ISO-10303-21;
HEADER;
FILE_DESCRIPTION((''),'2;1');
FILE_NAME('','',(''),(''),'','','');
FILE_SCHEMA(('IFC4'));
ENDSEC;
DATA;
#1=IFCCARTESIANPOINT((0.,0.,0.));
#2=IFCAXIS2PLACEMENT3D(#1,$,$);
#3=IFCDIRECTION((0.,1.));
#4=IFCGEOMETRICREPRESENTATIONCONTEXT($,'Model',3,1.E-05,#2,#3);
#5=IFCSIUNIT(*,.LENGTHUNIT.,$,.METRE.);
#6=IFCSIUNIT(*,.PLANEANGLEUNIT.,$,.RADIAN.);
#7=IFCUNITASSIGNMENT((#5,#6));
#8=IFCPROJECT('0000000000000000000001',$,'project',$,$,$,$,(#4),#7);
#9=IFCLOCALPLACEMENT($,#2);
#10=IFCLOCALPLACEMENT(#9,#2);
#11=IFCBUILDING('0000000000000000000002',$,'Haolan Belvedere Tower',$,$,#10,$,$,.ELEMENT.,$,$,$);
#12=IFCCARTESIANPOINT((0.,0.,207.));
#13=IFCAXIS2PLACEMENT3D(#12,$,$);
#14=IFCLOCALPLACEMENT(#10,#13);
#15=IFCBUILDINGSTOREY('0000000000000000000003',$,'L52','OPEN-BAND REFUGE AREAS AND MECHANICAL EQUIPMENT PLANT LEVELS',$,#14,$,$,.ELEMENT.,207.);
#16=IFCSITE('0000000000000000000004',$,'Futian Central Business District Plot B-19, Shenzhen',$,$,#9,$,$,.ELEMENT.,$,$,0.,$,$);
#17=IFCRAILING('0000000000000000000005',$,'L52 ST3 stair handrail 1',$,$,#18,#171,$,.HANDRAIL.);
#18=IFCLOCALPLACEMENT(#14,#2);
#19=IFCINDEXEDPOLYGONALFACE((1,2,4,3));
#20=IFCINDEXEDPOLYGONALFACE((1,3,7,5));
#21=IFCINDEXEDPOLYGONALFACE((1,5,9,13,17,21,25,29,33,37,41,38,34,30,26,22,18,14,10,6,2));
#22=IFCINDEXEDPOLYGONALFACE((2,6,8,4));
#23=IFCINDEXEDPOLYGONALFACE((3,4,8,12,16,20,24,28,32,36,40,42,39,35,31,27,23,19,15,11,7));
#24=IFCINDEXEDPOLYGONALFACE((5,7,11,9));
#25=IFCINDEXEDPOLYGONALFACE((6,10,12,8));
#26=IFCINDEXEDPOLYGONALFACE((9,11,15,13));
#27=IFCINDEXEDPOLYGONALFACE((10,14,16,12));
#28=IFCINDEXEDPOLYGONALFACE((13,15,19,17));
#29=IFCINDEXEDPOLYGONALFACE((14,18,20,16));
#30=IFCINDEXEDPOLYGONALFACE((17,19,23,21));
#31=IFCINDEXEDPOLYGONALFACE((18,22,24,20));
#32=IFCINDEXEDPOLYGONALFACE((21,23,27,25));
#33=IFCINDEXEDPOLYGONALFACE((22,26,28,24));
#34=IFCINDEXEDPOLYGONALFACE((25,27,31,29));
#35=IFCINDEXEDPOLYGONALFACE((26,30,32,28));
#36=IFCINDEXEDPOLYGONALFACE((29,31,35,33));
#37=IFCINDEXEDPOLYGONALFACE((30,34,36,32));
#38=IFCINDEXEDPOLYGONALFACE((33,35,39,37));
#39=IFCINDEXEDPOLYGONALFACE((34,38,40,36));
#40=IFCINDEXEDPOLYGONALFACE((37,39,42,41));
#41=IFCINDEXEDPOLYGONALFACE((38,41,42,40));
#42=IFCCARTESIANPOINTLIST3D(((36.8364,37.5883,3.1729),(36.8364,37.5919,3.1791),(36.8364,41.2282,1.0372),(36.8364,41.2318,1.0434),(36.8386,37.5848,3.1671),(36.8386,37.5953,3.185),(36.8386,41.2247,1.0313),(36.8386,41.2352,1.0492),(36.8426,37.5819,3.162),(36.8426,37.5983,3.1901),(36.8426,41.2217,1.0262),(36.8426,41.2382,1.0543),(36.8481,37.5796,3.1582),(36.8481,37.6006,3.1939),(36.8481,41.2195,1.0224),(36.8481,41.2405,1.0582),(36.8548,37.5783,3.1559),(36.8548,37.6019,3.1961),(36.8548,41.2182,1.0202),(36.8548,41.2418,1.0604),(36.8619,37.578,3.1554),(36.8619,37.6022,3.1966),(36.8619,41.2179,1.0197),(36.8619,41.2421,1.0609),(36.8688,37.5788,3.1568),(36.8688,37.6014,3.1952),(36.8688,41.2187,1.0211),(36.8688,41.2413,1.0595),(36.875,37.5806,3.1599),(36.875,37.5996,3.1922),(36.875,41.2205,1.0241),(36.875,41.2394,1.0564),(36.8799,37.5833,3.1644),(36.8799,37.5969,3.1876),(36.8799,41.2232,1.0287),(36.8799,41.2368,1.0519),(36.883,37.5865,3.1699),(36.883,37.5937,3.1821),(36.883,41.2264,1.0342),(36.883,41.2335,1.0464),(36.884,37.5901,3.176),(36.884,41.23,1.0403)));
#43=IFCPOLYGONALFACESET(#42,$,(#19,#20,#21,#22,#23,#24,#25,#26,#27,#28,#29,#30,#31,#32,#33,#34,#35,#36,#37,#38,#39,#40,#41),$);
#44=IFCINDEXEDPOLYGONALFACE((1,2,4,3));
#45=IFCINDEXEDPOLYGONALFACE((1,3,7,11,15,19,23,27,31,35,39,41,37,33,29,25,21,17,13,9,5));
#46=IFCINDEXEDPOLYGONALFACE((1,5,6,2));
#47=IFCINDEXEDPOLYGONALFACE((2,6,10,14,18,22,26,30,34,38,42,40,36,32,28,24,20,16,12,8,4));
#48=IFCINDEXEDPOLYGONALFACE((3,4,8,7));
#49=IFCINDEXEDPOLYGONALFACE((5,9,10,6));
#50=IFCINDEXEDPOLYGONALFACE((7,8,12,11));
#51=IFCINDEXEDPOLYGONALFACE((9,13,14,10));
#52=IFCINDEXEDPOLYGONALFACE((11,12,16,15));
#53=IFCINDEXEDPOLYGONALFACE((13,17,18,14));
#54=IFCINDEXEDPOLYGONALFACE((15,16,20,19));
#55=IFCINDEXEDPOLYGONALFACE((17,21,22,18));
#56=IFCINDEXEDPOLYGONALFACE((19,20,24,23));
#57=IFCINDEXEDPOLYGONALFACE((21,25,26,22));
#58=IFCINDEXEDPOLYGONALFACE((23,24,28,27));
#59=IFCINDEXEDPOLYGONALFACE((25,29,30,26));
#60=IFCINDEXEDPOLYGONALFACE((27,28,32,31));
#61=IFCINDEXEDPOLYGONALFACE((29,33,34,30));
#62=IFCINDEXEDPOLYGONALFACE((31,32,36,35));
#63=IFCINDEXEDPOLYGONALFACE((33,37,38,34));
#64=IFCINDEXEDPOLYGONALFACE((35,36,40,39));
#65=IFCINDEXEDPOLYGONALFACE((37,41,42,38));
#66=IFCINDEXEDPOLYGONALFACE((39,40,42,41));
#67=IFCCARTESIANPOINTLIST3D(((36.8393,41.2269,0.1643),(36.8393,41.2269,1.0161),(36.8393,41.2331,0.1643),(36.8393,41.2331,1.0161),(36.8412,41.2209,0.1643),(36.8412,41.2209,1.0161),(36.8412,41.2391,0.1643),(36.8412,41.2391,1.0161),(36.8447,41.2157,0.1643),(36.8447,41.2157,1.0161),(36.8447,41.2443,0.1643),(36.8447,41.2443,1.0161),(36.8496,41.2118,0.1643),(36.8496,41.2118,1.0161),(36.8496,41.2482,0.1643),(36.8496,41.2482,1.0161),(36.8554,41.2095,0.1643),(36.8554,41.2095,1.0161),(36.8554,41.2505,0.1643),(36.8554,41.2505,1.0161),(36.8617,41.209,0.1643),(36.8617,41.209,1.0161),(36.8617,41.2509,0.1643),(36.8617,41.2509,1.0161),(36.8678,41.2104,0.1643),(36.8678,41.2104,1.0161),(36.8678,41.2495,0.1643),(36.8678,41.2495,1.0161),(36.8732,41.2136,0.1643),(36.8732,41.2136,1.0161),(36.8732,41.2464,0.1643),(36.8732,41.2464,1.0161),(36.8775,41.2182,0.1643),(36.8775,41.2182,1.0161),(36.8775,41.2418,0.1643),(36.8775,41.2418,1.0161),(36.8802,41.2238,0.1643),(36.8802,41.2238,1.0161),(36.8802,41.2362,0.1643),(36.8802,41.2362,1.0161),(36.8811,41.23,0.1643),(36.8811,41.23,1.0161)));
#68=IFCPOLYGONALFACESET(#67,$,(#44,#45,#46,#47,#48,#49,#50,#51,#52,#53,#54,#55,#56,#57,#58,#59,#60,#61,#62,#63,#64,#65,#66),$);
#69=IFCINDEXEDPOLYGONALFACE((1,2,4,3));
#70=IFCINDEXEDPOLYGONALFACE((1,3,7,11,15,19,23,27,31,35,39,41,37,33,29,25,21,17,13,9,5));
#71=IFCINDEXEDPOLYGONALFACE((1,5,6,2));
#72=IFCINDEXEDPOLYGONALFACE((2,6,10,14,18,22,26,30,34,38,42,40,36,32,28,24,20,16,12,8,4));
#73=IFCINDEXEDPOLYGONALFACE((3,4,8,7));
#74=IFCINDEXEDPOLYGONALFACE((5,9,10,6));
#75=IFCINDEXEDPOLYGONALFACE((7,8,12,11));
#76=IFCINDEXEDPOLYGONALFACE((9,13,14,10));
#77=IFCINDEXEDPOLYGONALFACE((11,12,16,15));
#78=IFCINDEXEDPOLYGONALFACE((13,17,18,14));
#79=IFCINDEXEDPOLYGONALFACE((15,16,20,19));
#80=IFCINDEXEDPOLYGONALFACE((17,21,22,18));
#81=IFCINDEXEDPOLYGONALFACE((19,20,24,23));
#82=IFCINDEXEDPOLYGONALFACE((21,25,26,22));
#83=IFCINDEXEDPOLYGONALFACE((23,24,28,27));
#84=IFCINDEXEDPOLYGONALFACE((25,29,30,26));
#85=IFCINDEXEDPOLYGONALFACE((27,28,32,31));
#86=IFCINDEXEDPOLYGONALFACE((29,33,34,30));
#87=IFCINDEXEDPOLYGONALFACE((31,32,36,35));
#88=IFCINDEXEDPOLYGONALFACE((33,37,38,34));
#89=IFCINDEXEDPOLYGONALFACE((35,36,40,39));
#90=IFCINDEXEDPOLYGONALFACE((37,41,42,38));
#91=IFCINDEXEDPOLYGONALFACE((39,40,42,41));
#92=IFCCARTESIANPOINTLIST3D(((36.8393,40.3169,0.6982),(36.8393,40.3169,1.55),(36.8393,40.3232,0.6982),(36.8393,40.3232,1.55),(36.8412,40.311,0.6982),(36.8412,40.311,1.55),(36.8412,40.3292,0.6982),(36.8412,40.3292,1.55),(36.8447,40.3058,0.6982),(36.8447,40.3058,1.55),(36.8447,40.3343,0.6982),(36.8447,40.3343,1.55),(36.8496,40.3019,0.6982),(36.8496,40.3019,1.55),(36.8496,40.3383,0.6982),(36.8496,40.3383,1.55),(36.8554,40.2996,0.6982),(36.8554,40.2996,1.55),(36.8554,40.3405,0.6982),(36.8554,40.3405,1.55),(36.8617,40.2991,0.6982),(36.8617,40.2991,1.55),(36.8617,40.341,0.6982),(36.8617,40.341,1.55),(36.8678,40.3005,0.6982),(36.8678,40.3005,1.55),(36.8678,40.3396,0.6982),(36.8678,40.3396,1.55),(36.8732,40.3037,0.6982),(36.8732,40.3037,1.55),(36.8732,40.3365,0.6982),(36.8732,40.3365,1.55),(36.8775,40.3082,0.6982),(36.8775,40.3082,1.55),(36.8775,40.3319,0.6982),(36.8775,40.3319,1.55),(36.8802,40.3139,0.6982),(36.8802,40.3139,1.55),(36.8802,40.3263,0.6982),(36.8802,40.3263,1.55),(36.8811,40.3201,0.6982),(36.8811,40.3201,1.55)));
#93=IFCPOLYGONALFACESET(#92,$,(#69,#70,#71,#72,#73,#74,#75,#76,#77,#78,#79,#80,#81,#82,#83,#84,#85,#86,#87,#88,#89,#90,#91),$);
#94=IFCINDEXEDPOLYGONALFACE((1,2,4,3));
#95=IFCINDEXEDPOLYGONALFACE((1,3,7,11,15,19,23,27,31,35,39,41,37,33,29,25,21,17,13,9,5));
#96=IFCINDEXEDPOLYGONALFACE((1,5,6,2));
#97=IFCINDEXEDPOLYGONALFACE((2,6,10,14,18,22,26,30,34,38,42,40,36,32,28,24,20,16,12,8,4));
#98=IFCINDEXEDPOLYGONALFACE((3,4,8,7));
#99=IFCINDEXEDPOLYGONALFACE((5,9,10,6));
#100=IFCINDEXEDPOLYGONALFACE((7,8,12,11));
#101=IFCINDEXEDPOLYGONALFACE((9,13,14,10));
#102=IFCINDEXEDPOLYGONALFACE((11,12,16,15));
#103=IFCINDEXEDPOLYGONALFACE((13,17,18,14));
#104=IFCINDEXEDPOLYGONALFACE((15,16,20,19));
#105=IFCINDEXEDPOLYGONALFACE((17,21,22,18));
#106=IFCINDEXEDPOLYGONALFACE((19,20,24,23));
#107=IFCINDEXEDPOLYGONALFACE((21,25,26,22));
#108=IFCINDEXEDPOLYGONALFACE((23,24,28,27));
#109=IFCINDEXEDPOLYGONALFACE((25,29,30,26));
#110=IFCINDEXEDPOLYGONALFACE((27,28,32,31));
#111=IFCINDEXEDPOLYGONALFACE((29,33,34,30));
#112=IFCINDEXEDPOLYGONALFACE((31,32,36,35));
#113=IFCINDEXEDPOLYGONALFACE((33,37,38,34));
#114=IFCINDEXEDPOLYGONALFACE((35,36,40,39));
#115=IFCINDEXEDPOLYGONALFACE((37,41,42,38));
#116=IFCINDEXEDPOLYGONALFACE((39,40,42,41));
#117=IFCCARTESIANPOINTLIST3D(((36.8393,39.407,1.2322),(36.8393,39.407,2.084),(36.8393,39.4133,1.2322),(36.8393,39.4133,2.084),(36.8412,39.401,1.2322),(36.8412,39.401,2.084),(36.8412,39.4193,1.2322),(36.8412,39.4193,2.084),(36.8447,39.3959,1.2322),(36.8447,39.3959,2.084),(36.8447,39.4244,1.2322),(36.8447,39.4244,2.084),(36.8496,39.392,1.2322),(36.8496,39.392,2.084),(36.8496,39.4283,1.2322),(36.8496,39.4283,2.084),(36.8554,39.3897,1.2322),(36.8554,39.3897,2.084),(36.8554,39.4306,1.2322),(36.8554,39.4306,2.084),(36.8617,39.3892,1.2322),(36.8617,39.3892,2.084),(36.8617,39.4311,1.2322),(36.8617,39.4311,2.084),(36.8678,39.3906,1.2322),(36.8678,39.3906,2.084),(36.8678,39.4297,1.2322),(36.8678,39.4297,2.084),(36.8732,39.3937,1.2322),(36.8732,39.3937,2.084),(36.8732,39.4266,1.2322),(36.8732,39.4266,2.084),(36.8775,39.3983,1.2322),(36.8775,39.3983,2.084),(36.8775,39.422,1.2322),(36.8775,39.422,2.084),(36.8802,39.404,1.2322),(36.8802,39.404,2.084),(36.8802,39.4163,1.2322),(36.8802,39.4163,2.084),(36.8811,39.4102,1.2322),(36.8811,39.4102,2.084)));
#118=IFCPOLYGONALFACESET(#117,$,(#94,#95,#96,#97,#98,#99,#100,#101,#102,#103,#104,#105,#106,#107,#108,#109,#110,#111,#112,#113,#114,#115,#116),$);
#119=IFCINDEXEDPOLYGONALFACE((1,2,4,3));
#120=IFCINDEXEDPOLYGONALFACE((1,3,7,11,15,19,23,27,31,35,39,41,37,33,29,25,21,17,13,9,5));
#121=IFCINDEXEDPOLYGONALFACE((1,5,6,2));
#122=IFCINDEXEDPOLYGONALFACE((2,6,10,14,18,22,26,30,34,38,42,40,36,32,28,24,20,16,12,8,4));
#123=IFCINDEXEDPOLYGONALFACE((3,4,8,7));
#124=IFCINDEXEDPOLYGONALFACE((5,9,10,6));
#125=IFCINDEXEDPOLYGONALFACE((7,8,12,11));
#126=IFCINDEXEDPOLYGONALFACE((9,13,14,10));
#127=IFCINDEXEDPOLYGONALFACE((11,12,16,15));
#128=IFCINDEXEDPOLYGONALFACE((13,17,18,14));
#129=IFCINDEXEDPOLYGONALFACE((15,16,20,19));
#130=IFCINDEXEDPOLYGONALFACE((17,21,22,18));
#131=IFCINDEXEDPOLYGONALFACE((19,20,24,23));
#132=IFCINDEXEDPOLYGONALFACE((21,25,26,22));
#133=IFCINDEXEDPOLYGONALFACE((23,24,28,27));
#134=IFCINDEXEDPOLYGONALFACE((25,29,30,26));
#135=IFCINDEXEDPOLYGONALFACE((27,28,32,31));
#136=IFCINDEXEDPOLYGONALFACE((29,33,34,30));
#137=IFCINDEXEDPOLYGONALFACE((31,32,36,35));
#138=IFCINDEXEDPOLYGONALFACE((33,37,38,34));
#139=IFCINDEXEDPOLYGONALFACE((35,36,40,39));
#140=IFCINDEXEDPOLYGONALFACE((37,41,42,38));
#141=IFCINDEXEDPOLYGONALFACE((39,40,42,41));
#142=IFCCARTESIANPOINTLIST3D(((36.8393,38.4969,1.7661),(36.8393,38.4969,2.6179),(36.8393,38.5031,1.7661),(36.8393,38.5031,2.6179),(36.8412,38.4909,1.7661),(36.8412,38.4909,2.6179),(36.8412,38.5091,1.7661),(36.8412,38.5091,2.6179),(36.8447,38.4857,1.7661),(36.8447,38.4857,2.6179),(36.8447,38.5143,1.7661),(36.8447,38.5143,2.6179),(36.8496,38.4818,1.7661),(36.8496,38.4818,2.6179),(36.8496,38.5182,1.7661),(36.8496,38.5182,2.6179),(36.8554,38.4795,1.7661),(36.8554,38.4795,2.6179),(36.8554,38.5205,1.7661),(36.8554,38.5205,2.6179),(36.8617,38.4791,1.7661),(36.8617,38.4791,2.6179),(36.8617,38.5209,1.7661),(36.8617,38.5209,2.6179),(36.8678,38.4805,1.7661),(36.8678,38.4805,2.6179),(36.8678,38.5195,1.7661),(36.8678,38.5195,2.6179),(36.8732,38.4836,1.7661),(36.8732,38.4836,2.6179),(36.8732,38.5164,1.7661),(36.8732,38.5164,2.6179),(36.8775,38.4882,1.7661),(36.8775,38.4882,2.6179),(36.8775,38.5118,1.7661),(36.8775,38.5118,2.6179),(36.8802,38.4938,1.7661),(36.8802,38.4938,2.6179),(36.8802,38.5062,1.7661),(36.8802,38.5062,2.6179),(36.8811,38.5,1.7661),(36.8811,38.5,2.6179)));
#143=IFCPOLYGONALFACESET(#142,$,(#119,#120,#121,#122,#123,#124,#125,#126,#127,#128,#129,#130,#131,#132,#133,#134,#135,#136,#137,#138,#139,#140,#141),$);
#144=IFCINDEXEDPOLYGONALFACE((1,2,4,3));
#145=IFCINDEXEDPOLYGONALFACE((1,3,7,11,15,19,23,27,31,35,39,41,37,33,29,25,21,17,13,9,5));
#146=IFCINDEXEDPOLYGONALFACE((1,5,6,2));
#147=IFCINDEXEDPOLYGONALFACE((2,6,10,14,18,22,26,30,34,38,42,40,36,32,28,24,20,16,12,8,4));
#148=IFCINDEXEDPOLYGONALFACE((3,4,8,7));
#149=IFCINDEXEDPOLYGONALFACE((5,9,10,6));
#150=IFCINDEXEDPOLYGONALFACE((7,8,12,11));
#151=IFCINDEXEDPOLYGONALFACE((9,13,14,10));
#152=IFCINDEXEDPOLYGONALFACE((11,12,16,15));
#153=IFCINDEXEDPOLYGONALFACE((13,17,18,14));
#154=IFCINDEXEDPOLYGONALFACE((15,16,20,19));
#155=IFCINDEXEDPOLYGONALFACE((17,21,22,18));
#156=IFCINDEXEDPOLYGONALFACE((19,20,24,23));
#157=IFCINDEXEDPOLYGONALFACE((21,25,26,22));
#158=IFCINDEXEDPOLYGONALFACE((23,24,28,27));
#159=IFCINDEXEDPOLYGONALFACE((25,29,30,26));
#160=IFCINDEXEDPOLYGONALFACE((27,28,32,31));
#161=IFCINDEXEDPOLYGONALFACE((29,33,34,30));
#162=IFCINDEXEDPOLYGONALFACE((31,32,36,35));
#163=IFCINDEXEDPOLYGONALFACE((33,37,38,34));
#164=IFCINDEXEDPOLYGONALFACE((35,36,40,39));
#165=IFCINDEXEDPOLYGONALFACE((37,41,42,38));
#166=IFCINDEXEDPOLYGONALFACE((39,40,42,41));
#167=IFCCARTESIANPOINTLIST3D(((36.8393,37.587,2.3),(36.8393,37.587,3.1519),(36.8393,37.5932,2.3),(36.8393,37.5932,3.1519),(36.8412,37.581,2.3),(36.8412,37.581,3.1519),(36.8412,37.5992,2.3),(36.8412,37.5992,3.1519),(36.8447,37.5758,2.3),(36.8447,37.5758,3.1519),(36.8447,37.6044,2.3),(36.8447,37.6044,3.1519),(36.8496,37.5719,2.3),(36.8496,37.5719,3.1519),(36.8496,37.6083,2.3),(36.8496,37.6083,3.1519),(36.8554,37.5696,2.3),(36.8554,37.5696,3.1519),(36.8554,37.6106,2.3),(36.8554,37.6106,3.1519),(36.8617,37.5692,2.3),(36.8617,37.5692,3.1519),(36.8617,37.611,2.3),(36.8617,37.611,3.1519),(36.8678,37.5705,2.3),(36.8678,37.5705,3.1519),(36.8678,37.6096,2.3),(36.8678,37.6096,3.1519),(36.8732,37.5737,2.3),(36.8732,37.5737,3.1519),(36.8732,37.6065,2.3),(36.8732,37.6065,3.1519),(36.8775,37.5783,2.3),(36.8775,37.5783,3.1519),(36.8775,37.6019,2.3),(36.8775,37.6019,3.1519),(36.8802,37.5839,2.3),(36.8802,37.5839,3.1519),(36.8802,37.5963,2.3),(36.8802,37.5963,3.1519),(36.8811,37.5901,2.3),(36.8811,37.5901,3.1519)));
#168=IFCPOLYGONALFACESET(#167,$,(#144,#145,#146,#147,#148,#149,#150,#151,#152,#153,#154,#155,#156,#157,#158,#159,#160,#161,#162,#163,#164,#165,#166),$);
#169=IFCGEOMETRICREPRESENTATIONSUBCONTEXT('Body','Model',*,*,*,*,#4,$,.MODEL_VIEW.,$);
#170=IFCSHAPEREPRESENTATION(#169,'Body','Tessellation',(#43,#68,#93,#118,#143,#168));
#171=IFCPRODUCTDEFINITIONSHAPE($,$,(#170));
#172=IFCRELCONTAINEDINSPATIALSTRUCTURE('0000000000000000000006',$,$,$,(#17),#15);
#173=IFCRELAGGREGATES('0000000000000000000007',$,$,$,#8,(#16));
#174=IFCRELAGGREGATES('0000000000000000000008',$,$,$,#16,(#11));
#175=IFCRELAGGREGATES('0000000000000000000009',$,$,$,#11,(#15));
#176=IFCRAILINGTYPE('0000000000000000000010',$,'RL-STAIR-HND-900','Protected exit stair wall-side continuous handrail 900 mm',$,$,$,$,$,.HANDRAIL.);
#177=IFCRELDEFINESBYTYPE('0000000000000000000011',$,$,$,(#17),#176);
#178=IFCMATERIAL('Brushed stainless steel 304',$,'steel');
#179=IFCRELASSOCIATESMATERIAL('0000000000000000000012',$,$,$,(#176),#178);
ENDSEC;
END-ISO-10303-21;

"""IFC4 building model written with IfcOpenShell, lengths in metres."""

from ifc_helpers import new_model, si_unit, direction, frame, origin, origin_2d, place, context, subcontext, project, spatial, circle, extrude, material, type_object, element, save


model = new_model("IFC4")

# Units and contexts
model_context = context("Model", 3, precision=1e-05, world=origin(), true_north=direction((0.0, 1.0)))
body_context = subcontext(model_context, "Body", "Model", "MODEL_VIEW")
ifc_project = project(units=[si_unit("LENGTHUNIT", "METRE"), si_unit("PLANEANGLEUNIT", "RADIAN")], contexts=[model_context])

# Site, building, storey
site_placement = place(None, origin())
site = spatial("IfcSite", under=ifc_project, at=site_placement, Name="Futian Central Business District Plot B-19, Shenzhen", CompositionType="ELEMENT", RefElevation=0.0)
building_placement = place(site_placement, origin())
building = spatial("IfcBuilding", under=site, at=building_placement, Name="Haolan Belvedere Tower", CompositionType="ELEMENT")
storey_placement = place(building_placement, frame((0.0, 0.0, 207.0)))
storey = spatial("IfcBuildingStorey", under=building, at=storey_placement, Name="L52", Description="OPEN-BAND REFUGE AREAS AND MECHANICAL EQUIPMENT PLANT LEVELS", CompositionType="ELEMENT", Elevation=207.0)

# Railing
ifc_material_1 = material(Name="Brushed stainless steel 304", Category="steel")
railing_type_1 = type_object("IfcRailingType", Name="RL-STAIR-HND-900", Description="Protected exit stair wall-side continuous handrail 900 mm", PredefinedType="HANDRAIL", material=ifc_material_1)
railing_1_placement = place(storey_placement, frame((36.8601, 41.23, 0.1643)))
element("IfcRailing", 1, at=railing_1_placement, inside=storey, type_object=railing_type_1, Name="L52 ST3 stair handrail 1", PredefinedType="HANDRAIL", context=body_context, shape_type="SweptSolid", body=[
    extrude(circle(Radius=0.0239, at=origin_2d()), frame((0.0, 0.0, 0.876), z_axis=(0.0, -0.86249, 0.506074), x_axis=(1.0, 0.0, 0.0)), (0.0, 0.0, 1.0), 4.2202),
    extrude(circle(Radius=0.021, at=origin_2d()), origin(), (0.0, 0.0, 1.0), 0.8518),
    extrude(circle(Radius=0.021, at=origin_2d()), frame((0.0, -0.9099, 0.5339)), (0.0, 0.0, 1.0), 0.8518),
    extrude(circle(Radius=0.021, at=origin_2d()), frame((0.0, -1.8198, 1.0679)), (0.0, 0.0, 1.0), 0.8518),
    extrude(circle(Radius=0.021, at=origin_2d()), frame((0.0, -2.73, 1.6018)), (0.0, 0.0, 1.0), 0.8518),
    extrude(circle(Radius=0.021, at=origin_2d()), frame((0.0, -3.6399, 2.1357)), (0.0, 0.0, 1.0), 0.8518),
])

save(model, "model.ifc")
